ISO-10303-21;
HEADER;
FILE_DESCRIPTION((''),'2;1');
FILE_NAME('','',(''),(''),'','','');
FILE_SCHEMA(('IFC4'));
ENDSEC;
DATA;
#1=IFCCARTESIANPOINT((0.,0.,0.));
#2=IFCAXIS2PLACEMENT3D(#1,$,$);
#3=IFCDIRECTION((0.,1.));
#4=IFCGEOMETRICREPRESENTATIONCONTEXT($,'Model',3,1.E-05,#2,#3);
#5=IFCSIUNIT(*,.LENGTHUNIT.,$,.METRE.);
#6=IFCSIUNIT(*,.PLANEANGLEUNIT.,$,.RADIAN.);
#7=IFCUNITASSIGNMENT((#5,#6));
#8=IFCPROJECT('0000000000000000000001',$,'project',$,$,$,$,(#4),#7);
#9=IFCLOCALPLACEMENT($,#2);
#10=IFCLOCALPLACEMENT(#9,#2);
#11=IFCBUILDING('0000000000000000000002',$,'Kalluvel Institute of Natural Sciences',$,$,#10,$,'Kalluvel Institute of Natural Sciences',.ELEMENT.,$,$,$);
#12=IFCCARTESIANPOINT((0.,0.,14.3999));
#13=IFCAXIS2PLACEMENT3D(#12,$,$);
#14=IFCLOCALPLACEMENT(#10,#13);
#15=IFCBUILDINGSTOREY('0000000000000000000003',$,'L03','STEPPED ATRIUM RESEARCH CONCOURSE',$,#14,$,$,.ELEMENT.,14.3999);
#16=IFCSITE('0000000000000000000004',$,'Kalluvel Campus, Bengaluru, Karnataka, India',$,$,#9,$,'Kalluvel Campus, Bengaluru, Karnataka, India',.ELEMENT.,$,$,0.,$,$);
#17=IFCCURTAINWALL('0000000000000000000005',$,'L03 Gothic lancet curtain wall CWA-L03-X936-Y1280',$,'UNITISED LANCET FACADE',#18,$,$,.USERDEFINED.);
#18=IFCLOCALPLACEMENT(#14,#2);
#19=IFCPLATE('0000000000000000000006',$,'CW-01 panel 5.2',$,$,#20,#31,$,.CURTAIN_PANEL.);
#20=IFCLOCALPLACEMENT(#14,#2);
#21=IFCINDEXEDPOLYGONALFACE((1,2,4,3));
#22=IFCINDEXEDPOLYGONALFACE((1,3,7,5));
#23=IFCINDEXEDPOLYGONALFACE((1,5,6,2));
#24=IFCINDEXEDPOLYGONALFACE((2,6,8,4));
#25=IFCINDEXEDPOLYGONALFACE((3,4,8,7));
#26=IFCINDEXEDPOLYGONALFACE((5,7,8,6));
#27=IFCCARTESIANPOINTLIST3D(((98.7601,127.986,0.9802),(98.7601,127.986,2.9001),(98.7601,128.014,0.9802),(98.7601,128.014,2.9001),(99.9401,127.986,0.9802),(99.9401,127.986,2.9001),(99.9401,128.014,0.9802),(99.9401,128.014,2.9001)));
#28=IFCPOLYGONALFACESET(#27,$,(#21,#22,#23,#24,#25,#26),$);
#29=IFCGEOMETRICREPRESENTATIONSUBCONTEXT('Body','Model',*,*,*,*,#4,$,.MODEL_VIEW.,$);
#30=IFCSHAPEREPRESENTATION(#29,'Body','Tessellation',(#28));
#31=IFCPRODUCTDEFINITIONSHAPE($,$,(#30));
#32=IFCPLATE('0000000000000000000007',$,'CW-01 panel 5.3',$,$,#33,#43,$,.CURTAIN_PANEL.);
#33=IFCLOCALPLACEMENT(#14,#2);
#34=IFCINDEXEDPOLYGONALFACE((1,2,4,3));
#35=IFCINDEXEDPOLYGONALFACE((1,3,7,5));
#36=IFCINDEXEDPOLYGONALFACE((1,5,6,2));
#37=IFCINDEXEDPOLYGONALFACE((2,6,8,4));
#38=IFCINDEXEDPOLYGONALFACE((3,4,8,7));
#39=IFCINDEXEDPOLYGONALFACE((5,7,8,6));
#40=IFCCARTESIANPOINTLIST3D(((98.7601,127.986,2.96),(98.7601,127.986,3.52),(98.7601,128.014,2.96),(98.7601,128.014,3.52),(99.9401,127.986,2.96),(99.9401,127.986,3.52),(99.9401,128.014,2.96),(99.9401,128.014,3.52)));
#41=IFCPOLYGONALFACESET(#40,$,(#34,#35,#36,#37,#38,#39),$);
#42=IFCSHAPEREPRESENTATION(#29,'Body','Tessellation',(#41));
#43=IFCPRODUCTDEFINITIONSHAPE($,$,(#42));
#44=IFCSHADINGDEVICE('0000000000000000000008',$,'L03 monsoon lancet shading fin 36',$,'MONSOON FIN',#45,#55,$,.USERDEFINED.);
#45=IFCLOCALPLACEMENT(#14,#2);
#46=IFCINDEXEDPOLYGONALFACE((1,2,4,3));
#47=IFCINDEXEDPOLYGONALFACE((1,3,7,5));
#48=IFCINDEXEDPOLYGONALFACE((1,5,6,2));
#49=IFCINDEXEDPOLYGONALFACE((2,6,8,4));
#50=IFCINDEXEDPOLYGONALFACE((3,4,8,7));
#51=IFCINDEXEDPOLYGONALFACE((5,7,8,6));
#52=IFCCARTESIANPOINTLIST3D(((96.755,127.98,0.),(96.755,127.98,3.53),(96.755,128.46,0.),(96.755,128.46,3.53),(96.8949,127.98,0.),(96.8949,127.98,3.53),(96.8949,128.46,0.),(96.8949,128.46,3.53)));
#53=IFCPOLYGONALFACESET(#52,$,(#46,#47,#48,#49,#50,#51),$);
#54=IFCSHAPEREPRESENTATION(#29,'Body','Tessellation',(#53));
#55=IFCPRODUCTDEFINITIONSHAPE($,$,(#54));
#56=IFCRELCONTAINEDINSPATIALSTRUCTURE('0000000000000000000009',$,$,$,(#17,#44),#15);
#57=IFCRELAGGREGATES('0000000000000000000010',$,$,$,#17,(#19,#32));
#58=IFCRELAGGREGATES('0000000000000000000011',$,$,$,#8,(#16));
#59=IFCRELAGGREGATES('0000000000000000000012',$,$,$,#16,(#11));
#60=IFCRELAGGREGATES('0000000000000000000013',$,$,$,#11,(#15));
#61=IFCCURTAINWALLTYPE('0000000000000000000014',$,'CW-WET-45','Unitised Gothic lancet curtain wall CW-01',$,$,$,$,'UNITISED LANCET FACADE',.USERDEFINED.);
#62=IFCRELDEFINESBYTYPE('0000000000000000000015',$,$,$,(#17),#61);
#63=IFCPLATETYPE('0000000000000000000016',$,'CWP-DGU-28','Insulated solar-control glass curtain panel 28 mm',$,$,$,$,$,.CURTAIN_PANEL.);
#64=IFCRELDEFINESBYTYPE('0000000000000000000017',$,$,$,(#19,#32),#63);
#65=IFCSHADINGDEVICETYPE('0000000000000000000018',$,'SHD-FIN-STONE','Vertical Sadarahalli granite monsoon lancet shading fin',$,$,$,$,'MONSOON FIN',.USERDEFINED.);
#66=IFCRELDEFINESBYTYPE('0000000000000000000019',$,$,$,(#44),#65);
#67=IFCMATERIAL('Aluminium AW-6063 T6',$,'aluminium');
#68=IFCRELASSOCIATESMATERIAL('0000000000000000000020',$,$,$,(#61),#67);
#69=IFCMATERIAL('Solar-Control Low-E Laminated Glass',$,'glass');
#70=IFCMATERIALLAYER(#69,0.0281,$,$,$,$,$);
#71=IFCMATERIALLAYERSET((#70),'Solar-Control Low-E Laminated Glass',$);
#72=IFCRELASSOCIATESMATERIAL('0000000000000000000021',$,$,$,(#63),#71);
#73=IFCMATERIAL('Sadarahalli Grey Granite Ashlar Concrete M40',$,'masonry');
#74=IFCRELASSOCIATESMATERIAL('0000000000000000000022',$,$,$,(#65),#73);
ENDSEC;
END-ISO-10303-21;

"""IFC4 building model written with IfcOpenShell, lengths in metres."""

from ifc_helpers import new_model, si_unit, direction, frame, origin, origin_2d, place, context, subcontext, project, spatial, rectangle, extrude, material, layer, layer_set, type_object, element, aggregate, save


model = new_model("IFC4")

# Units and contexts
model_context = context("Model", 3, precision=1e-05, world=origin(), true_north=direction((0.0, 1.0)))
body_context = subcontext(model_context, "Body", "Model", "MODEL_VIEW")
ifc_project = project(units=[si_unit("LENGTHUNIT", "METRE"), si_unit("PLANEANGLEUNIT", "RADIAN")], contexts=[model_context])

# Site, building, storey
site_placement = place(None, origin())
site = spatial("IfcSite", under=ifc_project, at=site_placement, Name="Kalluvel Campus, Bengaluru, Karnataka, India", LongName="Kalluvel Campus, Bengaluru, Karnataka, India", CompositionType="ELEMENT", RefElevation=0.0)
building_placement = place(site_placement, origin())
building = spatial("IfcBuilding", under=site, at=building_placement, Name="Kalluvel Institute of Natural Sciences", LongName="Kalluvel Institute of Natural Sciences", CompositionType="ELEMENT")
storey_placement = place(building_placement, frame((0.0, 0.0, 14.3999)))
storey = spatial("IfcBuildingStorey", under=building, at=storey_placement, Name="L03", Description="STEPPED ATRIUM RESEARCH CONCOURSE", CompositionType="ELEMENT", Elevation=14.3999)

# Curtain wall, plates
ifc_material_1 = material(Name="Aluminium AW-6063 T6", Category="aluminium")
curtain_wall_type = type_object("IfcCurtainWallType", Name="CW-WET-45", Description="Unitised Gothic lancet curtain wall CW-01", ElementType="UNITISED LANCET FACADE", PredefinedType="USERDEFINED", material=ifc_material_1)
curtain_wall_placement = place(storey_placement, origin())
curtain_wall = element("IfcCurtainWall", 1, at=curtain_wall_placement, inside=storey, type_object=curtain_wall_type, Name="L03 Gothic lancet curtain wall CWA-L03-X936-Y1280", ObjectType="UNITISED LANCET FACADE", PredefinedType="USERDEFINED")
ifc_material_2 = material(Name="Solar-Control Low-E Laminated Glass", Category="glass")
ifc_layer = layer(ifc_material_2, 0.0281)
ifc_layer_set = layer_set([ifc_layer], Name="Solar-Control Low-E Laminated Glass")
plate_type = type_object("IfcPlateType", Name="CWP-DGU-28", Description="Insulated solar-control glass curtain panel 28 mm", PredefinedType="CURTAIN_PANEL", material=ifc_layer_set)
plate_1_placement = place(storey_placement, frame((99.3501, 128.0, 0.9802), z_axis=(0.0, 0.0, 1.0), x_axis=(1.0, 0.0, 0.0)))
plate_1 = element("IfcPlate", 2, at=plate_1_placement, type_object=plate_type, Name="CW-01 panel 5.2", PredefinedType="CURTAIN_PANEL", context=body_context, shape_type="SweptSolid", body=[
    extrude(rectangle(XDim=1.1799, YDim=0.0281, at=origin_2d()), origin(), (0.0, 0.0, 1.0), 1.9199),
])
plate_2_placement = place(storey_placement, frame((99.3501, 128.0, 2.96), z_axis=(0.0, 0.0, 1.0), x_axis=(1.0, 0.0, 0.0)))
plate_2 = element("IfcPlate", 3, at=plate_2_placement, type_object=plate_type, Name="CW-01 panel 5.3", PredefinedType="CURTAIN_PANEL", context=body_context, shape_type="SweptSolid", body=[
    extrude(rectangle(XDim=1.1799, YDim=0.0281, at=origin_2d()), origin(), (0.0, 0.0, 1.0), 0.5601),
])
aggregate(curtain_wall, [plate_1, plate_2])

# Shading device
ifc_material_3 = material(Name="Sadarahalli Grey Granite Ashlar Concrete M40", Category="masonry")
shading_device_type = type_object("IfcShadingDeviceType", Name="SHD-FIN-STONE", Description="Vertical Sadarahalli granite monsoon lancet shading fin", ElementType="MONSOON FIN", PredefinedType="USERDEFINED", material=ifc_material_3)
shading_device_placement = place(storey_placement, frame((96.825, 128.22, 0.0), z_axis=(0.0, 0.0, 1.0), x_axis=(1.0, 0.0, 0.0)))
element("IfcShadingDevice", 4, at=shading_device_placement, inside=storey, type_object=shading_device_type, Name="L03 monsoon lancet shading fin 36", ObjectType="MONSOON FIN", PredefinedType="USERDEFINED", context=body_context, shape_type="SweptSolid", body=[
    extrude(rectangle(XDim=0.1399, YDim=0.48, at=origin_2d()), origin(), (0.0, 0.0, 1.0), 3.53),
])

save(model, "model.ifc")
